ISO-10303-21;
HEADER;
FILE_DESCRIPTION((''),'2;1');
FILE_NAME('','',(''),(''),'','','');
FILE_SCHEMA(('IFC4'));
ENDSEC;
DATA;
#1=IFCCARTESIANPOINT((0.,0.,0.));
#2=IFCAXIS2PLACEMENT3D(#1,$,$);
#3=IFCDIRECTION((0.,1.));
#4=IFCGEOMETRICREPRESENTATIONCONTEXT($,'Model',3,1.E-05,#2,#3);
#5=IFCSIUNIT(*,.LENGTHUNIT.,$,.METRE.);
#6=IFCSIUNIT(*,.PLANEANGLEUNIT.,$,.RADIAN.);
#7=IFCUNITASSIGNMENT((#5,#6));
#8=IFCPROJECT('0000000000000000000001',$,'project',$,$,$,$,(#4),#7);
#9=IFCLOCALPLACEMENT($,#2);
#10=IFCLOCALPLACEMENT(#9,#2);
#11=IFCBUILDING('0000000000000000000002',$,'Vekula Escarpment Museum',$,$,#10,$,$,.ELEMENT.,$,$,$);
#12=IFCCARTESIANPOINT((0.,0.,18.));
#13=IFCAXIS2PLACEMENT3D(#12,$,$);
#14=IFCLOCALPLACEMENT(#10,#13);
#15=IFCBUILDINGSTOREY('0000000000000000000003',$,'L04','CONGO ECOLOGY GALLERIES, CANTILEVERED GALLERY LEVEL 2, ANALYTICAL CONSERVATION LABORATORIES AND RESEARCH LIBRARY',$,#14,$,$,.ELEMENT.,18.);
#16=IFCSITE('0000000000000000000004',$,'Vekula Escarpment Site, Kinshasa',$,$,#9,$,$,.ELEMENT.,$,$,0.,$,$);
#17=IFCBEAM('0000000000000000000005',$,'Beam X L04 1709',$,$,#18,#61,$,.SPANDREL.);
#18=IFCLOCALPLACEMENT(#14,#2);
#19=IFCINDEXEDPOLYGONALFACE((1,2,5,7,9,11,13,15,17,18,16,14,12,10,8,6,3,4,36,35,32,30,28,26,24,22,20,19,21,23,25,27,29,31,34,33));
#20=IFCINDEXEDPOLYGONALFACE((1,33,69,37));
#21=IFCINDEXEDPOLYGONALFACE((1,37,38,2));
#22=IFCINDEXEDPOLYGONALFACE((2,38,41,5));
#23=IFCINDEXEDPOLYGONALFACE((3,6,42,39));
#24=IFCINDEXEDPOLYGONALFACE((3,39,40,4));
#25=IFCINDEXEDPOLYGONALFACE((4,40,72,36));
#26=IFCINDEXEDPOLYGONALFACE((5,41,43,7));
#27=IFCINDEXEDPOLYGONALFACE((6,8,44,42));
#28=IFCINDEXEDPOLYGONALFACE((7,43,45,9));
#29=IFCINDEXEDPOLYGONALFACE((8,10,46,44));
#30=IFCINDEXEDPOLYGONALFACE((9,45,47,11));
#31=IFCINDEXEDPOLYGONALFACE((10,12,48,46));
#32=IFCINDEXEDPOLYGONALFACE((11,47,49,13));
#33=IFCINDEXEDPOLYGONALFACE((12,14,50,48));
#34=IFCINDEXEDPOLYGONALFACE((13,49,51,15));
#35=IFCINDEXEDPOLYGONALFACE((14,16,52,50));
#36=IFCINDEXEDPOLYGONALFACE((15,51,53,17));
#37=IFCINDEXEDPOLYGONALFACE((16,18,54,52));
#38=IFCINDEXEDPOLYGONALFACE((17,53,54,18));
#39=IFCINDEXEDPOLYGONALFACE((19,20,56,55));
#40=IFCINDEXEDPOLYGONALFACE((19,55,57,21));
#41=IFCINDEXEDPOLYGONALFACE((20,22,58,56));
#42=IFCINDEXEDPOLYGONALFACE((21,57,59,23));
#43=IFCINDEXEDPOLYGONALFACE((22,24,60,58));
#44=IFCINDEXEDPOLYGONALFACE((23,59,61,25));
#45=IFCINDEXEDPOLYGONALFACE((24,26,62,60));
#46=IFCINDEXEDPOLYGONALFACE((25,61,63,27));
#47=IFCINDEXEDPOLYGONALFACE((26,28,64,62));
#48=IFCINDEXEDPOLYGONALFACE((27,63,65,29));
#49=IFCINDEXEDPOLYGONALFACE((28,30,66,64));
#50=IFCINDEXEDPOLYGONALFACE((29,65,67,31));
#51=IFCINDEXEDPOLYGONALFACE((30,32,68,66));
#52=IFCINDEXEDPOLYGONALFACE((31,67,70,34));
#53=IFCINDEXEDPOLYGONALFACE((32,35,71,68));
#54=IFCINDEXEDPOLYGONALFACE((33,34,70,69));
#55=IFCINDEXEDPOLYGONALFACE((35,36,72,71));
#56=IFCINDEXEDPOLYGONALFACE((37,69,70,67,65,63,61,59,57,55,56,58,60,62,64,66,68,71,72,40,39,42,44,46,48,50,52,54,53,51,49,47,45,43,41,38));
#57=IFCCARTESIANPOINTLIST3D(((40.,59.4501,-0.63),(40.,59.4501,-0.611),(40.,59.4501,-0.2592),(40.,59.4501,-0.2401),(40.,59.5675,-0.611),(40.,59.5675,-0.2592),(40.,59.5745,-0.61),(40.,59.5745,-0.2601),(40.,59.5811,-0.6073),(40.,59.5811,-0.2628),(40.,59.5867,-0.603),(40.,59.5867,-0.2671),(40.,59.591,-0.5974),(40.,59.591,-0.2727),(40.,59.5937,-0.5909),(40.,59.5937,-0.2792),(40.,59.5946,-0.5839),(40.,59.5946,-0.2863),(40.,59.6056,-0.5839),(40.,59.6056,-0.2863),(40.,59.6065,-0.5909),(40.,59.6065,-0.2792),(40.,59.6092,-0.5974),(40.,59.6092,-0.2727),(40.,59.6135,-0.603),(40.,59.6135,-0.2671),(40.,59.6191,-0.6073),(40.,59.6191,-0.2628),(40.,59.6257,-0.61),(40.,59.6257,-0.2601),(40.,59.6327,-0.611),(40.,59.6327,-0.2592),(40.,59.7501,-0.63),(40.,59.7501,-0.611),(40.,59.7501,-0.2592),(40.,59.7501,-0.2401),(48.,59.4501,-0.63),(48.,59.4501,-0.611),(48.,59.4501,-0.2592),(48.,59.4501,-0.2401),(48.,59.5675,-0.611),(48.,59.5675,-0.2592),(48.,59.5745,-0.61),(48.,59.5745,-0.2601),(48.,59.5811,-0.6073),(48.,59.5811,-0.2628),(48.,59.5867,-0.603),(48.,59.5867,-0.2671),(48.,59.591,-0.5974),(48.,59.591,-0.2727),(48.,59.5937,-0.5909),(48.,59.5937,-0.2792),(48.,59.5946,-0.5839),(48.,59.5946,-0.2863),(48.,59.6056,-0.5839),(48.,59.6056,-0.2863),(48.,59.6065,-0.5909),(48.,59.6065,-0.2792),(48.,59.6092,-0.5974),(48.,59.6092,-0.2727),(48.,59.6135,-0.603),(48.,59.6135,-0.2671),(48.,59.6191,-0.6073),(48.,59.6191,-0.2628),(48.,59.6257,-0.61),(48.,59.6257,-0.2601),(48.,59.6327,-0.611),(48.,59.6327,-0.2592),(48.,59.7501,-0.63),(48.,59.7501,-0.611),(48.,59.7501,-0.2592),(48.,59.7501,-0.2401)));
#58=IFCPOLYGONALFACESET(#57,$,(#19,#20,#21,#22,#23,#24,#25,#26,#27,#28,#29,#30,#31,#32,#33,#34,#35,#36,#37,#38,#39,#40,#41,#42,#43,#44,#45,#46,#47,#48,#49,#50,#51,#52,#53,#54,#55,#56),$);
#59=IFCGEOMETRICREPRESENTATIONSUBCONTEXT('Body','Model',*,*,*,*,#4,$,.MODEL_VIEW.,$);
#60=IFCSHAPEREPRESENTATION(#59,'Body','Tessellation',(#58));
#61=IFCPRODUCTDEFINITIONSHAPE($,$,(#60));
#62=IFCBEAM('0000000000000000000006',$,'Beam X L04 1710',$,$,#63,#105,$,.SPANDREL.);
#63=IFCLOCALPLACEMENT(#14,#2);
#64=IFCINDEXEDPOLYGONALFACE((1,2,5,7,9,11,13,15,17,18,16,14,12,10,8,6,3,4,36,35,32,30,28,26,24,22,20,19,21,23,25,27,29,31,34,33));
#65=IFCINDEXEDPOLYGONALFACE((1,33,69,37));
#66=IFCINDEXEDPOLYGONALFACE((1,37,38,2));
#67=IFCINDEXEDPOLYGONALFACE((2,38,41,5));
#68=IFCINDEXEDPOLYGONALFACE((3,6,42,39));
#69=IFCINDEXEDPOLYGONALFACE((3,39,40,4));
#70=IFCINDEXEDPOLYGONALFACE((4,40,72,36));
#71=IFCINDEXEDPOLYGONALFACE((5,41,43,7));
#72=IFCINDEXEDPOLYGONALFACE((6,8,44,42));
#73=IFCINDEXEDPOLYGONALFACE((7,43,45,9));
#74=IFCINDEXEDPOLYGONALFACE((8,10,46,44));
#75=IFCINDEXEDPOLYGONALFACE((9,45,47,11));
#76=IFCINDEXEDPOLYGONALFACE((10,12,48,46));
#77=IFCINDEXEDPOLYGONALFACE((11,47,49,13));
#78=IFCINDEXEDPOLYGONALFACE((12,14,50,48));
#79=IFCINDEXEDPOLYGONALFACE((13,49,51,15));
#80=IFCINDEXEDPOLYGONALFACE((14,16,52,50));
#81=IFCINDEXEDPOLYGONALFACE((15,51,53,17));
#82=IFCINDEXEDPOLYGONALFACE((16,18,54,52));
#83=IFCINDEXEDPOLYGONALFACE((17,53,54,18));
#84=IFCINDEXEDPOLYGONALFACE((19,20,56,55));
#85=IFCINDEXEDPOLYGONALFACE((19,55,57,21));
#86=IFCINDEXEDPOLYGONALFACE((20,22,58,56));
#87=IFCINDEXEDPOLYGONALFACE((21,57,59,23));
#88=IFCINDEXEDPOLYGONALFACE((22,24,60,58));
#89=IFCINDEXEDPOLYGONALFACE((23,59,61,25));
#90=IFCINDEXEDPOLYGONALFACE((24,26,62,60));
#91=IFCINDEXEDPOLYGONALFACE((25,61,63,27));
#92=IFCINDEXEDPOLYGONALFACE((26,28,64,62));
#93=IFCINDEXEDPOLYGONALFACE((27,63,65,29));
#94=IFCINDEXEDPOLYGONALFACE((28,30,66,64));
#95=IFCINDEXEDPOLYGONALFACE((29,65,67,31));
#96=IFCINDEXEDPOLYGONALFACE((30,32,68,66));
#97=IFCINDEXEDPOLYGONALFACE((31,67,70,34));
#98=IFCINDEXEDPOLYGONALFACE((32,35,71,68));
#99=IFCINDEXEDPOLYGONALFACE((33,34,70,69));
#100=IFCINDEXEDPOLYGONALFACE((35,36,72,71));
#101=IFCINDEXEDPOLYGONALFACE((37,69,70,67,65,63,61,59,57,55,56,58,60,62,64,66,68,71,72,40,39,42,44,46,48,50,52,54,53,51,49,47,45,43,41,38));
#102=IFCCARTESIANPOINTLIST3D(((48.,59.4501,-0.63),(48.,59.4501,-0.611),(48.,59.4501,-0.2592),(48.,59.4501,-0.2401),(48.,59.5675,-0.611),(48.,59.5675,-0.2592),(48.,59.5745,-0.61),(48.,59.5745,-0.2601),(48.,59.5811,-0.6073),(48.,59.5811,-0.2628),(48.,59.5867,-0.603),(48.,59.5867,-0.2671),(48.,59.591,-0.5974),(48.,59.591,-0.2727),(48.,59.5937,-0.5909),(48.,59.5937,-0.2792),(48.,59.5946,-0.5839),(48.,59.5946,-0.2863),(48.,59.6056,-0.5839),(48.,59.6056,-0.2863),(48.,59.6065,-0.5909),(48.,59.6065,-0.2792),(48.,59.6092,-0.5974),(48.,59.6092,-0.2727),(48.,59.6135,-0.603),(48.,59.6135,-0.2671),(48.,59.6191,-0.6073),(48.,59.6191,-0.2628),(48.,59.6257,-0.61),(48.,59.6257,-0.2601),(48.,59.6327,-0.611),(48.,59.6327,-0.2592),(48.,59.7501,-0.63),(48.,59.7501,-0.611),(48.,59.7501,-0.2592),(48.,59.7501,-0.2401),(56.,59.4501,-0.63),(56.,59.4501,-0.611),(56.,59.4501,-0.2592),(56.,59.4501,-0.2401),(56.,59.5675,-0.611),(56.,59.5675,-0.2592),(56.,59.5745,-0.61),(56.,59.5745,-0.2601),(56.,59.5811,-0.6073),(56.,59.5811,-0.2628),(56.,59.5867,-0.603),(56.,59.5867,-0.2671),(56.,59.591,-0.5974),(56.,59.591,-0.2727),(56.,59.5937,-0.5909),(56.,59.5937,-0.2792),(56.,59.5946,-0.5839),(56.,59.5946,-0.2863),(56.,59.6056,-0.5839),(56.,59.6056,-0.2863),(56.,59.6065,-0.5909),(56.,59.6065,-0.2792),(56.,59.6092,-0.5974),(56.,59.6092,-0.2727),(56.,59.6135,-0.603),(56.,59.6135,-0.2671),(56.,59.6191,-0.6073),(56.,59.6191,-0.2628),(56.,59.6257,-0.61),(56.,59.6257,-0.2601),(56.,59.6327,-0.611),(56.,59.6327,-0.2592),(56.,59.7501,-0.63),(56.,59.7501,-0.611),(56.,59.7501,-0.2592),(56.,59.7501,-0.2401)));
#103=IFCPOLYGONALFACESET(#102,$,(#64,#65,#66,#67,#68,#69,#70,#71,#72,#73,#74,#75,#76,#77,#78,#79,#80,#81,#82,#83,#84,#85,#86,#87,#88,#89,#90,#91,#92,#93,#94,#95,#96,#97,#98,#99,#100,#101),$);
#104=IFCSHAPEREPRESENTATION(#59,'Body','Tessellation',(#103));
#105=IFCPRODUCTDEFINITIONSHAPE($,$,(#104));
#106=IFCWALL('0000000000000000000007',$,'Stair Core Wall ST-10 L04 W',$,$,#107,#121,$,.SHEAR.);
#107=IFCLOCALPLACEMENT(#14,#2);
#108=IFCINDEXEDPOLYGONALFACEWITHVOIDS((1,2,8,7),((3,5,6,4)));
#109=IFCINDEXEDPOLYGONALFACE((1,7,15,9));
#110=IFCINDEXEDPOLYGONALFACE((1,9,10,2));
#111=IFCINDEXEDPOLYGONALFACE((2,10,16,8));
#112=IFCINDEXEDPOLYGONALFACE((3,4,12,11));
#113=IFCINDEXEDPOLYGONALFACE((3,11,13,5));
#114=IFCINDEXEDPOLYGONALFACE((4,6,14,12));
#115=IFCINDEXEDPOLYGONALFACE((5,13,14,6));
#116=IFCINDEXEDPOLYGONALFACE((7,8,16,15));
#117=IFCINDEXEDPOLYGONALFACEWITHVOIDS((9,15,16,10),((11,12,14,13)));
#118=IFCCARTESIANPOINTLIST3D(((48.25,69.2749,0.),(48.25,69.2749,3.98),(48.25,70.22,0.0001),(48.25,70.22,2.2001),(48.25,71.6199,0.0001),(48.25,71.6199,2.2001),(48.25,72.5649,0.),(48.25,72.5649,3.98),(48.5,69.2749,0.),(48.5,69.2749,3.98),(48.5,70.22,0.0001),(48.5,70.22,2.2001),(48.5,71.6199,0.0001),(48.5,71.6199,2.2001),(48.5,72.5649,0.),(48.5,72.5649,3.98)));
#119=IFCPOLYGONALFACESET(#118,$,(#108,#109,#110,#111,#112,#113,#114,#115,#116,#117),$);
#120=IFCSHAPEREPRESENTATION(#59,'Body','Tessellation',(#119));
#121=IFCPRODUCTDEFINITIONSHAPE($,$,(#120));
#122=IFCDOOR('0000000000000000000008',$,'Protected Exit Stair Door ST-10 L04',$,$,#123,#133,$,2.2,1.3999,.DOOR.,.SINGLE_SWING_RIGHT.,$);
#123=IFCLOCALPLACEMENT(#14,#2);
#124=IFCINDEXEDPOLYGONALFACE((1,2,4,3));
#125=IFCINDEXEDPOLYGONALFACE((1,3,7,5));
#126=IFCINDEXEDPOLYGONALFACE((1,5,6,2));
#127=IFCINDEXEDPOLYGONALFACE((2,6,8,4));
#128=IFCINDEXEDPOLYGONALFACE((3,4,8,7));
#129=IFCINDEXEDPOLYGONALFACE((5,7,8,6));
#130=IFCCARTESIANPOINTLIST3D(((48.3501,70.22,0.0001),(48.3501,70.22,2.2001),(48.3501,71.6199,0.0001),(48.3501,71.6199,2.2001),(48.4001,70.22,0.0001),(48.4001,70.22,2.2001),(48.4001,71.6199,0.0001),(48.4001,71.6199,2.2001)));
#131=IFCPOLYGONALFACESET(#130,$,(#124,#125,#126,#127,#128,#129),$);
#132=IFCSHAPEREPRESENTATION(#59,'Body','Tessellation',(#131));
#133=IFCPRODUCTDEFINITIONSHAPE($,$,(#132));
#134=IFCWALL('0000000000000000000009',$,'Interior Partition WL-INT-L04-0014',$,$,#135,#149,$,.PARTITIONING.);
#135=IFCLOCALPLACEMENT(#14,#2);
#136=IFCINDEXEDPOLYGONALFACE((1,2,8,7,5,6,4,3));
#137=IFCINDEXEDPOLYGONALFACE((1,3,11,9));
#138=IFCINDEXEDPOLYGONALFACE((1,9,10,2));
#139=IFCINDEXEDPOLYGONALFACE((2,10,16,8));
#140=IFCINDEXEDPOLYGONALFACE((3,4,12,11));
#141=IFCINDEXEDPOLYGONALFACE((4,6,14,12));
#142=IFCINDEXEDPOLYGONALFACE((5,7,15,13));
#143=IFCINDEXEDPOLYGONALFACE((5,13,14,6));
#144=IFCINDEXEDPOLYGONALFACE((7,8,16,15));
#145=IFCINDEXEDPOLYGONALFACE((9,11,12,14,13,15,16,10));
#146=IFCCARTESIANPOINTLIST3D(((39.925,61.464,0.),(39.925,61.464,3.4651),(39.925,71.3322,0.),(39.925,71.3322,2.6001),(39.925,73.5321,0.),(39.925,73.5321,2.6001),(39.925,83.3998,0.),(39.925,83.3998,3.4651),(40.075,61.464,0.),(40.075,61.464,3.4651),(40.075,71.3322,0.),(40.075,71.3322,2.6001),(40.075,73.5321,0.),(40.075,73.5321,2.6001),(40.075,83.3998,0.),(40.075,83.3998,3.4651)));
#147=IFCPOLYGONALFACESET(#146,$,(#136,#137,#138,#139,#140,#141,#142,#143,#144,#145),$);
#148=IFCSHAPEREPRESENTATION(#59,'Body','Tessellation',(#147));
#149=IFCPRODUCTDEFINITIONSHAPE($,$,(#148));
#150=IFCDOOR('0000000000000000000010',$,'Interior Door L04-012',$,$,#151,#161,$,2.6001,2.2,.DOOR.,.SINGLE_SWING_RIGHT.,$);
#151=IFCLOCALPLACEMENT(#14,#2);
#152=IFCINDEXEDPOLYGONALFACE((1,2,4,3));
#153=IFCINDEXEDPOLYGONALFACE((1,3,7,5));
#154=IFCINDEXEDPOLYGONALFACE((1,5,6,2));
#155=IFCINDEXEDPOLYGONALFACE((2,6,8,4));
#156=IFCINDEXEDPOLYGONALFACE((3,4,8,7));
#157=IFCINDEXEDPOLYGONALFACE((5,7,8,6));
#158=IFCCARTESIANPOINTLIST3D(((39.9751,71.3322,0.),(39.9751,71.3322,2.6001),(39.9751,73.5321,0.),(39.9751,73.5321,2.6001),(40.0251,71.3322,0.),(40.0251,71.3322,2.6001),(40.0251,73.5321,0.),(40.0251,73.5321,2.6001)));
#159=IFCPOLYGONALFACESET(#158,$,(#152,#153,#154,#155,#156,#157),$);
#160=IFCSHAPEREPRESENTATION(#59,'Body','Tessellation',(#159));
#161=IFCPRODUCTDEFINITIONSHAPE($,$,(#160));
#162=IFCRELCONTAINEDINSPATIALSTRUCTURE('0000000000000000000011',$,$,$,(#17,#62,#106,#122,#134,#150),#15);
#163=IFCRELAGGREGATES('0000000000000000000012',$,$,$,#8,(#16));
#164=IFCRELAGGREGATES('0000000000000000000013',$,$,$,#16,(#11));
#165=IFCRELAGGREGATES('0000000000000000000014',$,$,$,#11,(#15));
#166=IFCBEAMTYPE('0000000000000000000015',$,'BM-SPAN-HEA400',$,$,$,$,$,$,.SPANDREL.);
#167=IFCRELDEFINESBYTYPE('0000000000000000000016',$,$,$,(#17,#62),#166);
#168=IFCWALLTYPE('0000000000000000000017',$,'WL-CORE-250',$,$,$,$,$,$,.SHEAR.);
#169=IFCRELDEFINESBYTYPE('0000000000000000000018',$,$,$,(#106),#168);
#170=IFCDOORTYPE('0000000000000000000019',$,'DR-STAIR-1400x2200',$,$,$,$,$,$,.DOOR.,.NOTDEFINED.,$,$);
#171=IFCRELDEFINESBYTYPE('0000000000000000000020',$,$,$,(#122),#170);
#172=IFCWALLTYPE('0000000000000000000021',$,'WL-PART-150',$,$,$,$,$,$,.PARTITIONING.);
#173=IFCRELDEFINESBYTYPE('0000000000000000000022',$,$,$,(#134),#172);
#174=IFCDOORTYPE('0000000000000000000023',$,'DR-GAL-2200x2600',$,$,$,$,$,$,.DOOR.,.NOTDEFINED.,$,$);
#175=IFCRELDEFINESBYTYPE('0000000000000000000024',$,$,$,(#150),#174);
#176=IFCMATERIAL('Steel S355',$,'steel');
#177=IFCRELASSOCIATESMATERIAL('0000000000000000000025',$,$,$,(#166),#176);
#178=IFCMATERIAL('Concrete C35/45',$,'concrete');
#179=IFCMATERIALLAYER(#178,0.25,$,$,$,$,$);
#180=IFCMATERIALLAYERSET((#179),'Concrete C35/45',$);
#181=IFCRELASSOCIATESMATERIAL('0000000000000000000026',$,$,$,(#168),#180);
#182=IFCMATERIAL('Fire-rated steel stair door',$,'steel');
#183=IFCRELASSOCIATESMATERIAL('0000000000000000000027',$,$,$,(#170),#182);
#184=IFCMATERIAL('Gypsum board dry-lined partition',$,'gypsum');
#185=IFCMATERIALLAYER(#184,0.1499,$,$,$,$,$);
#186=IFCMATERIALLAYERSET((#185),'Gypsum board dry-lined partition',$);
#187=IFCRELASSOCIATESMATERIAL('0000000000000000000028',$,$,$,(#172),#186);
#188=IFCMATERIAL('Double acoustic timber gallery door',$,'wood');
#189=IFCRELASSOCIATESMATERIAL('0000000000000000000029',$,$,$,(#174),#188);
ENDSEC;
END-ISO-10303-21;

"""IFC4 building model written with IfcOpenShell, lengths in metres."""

from ifc_helpers import new_model, si_unit, direction, frame, frame_2d, origin, origin_2d, place, context, subcontext, project, spatial, rectangle, i_section, extrude, material, layer, layer_set, material_profile, profile_set, type_object, element, fill, save


model = new_model("IFC4")

# Units and contexts
model_context = context("Model", 3, precision=1e-05, world=origin(), true_north=direction((0.0, 1.0)))
body_context = subcontext(model_context, "Body", "Model", "MODEL_VIEW")
ifc_project = project(units=[si_unit("LENGTHUNIT", "METRE"), si_unit("PLANEANGLEUNIT", "RADIAN")], contexts=[model_context])

# Site, building, storey
site_placement = place(None, origin())
site = spatial("IfcSite", under=ifc_project, at=site_placement, Name="Vekula Escarpment Site, Kinshasa", CompositionType="ELEMENT", RefElevation=0.0)
building_placement = place(site_placement, origin())
building = spatial("IfcBuilding", under=site, at=building_placement, Name="Vekula Escarpment Museum", CompositionType="ELEMENT")
storey_placement = place(building_placement, frame((0.0, 0.0, 18.0)))
storey = spatial("IfcBuildingStorey", under=building, at=storey_placement, Name="L04", Description="CONGO ECOLOGY GALLERIES, CANTILEVERED GALLERY LEVEL 2, ANALYTICAL CONSERVATION LABORATORIES AND RESEARCH LIBRARY", CompositionType="ELEMENT", Elevation=18.0)

# Beams
ifc_material_1 = material(Name="Steel S355", Category="steel")
ifc_material_profile_1 = material_profile(ifc_material_1, i_section(OverallWidth=0.3, OverallDepth=0.3899, WebThickness=0.011, FlangeThickness=0.019, FilletRadius=0.0271, at=origin_2d()), Name="HEA 400")
ifc_profile_set_1 = profile_set([ifc_material_profile_1], Name="Steel S355")
beam_type_1 = type_object("IfcBeamType", Name="BM-SPAN-HEA400", PredefinedType="SPANDREL", material=ifc_profile_set_1)
for number, where, z_axis, x_axis, name in (
    (1, (40.0, 59.6001, -0.4351), (1.0, 0.0, 0.0), (0.0, 1.0, 0.0), "Beam X L04 1709"),
    (2, (48.0, 59.6001, -0.4351), (1.0, 0.0, 0.0), (0.0, 1.0, 0.0), "Beam X L04 1710"),
):
    element("IfcBeam", number, at=place(storey_placement, frame(where, z_axis=z_axis, x_axis=x_axis)), inside=storey, type_object=beam_type_1, Name=name, PredefinedType="SPANDREL", context=body_context, shape_type="SweptSolid", body=[
        extrude(i_section(OverallWidth=0.3, OverallDepth=0.3899, WebThickness=0.011, FlangeThickness=0.019, FilletRadius=0.0271, at=origin_2d()), origin(), (0.0, 0.0, 1.0), 8.0),
    ])

# Walls, openings, doors
ifc_material_2 = material(Name="Concrete C35/45", Category="concrete")
ifc_layer_1 = layer(ifc_material_2, 0.25)
ifc_layer_set_1 = layer_set([ifc_layer_1], Name="Concrete C35/45")
wall_type_1 = type_object("IfcWallType", Name="WL-CORE-250", PredefinedType="SHEAR", material=ifc_layer_set_1)
wall_1_placement = place(storey_placement, frame((48.375, 69.2749, 0.0), z_axis=(0.0, 0.0, 1.0), x_axis=(0.0, 1.0, 0.0)))
wall_1 = element("IfcWall", 3, at=wall_1_placement, inside=storey, type_object=wall_type_1, Name="Stair Core Wall ST-10 L04 W", PredefinedType="SHEAR", context=body_context, shape_type="SweptSolid", body=[
    extrude(rectangle(XDim=3.29, YDim=0.25, at=frame_2d((1.645, 0.0))), origin(), (0.0, 0.0, 1.0), 3.98),
])
opening_1_placement = place(wall_1_placement, frame((0.9451, 0.0, 0.0)))
opening_1 = element("IfcOpeningElement", 4, at=opening_1_placement, cuts=wall_1, PredefinedType="OPENING", context=body_context, shape_type="SweptSolid", body=[
    extrude(rectangle(XDim=1.3999, YDim=2.2, at=frame_2d((0.7, 1.1001))), frame((0.0, 0.135, 0.0), z_axis=(0.0, -1.0, 0.0), x_axis=(1.0, 0.0, 0.0)), (0.0, 0.0, 1.0), 0.27),
])
ifc_material_3 = material(Name="Fire-rated steel stair door", Category="steel")
door_type_1 = type_object("IfcDoorType", Name="DR-STAIR-1400x2200", OperationType="NOTDEFINED", PredefinedType="DOOR", material=ifc_material_3)
door_1_placement = place(opening_1_placement, origin())
door_1 = element("IfcDoor", 5, at=door_1_placement, inside=storey, type_object=door_type_1, Name="Protected Exit Stair Door ST-10 L04", OperationType="SINGLE_SWING_RIGHT", OverallHeight=2.2, OverallWidth=1.3999, PredefinedType="DOOR", context=body_context, shape_type="SweptSolid", body=[
    extrude(rectangle(XDim=1.3999, YDim=2.2, at=frame_2d((0.7, 1.1001))), frame((0.0, 0.0249, 0.0), z_axis=(0.0, -1.0, 0.0), x_axis=(1.0, 0.0, 0.0)), (0.0, 0.0, 1.0), 0.05),
])
fill(opening_1, door_1)
ifc_material_4 = material(Name="Gypsum board dry-lined partition", Category="gypsum")
ifc_layer_2 = layer(ifc_material_4, 0.1499)
ifc_layer_set_2 = layer_set([ifc_layer_2], Name="Gypsum board dry-lined partition")
wall_type_2 = type_object("IfcWallType", Name="WL-PART-150", PredefinedType="PARTITIONING", material=ifc_layer_set_2)
wall_2_placement = place(storey_placement, frame((40.0, 61.4641, 0.0), z_axis=(0.0, 0.0, 1.0), x_axis=(0.0, 1.0, 0.0)))
wall_2 = element("IfcWall", 6, at=wall_2_placement, inside=storey, type_object=wall_type_2, Name="Interior Partition WL-INT-L04-0014", PredefinedType="PARTITIONING", context=body_context, shape_type="SweptSolid", body=[
    extrude(rectangle(XDim=21.9358, YDim=0.1499, at=frame_2d((10.9678, 0.0))), origin(), (0.0, 0.0, 1.0), 3.4651),
])
opening_2_placement = place(wall_2_placement, frame((9.8679, 0.0, 0.0)))
opening_2 = element("IfcOpeningElement", 7, at=opening_2_placement, cuts=wall_2, PredefinedType="OPENING", context=body_context, shape_type="SweptSolid", body=[
    extrude(rectangle(XDim=2.2, YDim=2.6001, at=frame_2d((1.1001, 1.3))), frame((0.0, 0.085, 0.0), z_axis=(0.0, -1.0, 0.0), x_axis=(1.0, 0.0, 0.0)), (0.0, 0.0, 1.0), 0.1699),
])
ifc_material_5 = material(Name="Double acoustic timber gallery door", Category="wood")
door_type_2 = type_object("IfcDoorType", Name="DR-GAL-2200x2600", OperationType="NOTDEFINED", PredefinedType="DOOR", material=ifc_material_5)
door_2_placement = place(opening_2_placement, origin())
door_2 = element("IfcDoor", 8, at=door_2_placement, inside=storey, type_object=door_type_2, Name="Interior Door L04-012", OperationType="SINGLE_SWING_RIGHT", OverallHeight=2.6001, OverallWidth=2.2, PredefinedType="DOOR", context=body_context, shape_type="SweptSolid", body=[
    extrude(rectangle(XDim=2.2, YDim=2.6001, at=frame_2d((1.1001, 1.3))), frame((0.0, 0.0249, 0.0), z_axis=(0.0, -1.0, 0.0), x_axis=(1.0, 0.0, 0.0)), (0.0, 0.0, 1.0), 0.05),
])
fill(opening_2, door_2)

save(model, "model.ifc")
